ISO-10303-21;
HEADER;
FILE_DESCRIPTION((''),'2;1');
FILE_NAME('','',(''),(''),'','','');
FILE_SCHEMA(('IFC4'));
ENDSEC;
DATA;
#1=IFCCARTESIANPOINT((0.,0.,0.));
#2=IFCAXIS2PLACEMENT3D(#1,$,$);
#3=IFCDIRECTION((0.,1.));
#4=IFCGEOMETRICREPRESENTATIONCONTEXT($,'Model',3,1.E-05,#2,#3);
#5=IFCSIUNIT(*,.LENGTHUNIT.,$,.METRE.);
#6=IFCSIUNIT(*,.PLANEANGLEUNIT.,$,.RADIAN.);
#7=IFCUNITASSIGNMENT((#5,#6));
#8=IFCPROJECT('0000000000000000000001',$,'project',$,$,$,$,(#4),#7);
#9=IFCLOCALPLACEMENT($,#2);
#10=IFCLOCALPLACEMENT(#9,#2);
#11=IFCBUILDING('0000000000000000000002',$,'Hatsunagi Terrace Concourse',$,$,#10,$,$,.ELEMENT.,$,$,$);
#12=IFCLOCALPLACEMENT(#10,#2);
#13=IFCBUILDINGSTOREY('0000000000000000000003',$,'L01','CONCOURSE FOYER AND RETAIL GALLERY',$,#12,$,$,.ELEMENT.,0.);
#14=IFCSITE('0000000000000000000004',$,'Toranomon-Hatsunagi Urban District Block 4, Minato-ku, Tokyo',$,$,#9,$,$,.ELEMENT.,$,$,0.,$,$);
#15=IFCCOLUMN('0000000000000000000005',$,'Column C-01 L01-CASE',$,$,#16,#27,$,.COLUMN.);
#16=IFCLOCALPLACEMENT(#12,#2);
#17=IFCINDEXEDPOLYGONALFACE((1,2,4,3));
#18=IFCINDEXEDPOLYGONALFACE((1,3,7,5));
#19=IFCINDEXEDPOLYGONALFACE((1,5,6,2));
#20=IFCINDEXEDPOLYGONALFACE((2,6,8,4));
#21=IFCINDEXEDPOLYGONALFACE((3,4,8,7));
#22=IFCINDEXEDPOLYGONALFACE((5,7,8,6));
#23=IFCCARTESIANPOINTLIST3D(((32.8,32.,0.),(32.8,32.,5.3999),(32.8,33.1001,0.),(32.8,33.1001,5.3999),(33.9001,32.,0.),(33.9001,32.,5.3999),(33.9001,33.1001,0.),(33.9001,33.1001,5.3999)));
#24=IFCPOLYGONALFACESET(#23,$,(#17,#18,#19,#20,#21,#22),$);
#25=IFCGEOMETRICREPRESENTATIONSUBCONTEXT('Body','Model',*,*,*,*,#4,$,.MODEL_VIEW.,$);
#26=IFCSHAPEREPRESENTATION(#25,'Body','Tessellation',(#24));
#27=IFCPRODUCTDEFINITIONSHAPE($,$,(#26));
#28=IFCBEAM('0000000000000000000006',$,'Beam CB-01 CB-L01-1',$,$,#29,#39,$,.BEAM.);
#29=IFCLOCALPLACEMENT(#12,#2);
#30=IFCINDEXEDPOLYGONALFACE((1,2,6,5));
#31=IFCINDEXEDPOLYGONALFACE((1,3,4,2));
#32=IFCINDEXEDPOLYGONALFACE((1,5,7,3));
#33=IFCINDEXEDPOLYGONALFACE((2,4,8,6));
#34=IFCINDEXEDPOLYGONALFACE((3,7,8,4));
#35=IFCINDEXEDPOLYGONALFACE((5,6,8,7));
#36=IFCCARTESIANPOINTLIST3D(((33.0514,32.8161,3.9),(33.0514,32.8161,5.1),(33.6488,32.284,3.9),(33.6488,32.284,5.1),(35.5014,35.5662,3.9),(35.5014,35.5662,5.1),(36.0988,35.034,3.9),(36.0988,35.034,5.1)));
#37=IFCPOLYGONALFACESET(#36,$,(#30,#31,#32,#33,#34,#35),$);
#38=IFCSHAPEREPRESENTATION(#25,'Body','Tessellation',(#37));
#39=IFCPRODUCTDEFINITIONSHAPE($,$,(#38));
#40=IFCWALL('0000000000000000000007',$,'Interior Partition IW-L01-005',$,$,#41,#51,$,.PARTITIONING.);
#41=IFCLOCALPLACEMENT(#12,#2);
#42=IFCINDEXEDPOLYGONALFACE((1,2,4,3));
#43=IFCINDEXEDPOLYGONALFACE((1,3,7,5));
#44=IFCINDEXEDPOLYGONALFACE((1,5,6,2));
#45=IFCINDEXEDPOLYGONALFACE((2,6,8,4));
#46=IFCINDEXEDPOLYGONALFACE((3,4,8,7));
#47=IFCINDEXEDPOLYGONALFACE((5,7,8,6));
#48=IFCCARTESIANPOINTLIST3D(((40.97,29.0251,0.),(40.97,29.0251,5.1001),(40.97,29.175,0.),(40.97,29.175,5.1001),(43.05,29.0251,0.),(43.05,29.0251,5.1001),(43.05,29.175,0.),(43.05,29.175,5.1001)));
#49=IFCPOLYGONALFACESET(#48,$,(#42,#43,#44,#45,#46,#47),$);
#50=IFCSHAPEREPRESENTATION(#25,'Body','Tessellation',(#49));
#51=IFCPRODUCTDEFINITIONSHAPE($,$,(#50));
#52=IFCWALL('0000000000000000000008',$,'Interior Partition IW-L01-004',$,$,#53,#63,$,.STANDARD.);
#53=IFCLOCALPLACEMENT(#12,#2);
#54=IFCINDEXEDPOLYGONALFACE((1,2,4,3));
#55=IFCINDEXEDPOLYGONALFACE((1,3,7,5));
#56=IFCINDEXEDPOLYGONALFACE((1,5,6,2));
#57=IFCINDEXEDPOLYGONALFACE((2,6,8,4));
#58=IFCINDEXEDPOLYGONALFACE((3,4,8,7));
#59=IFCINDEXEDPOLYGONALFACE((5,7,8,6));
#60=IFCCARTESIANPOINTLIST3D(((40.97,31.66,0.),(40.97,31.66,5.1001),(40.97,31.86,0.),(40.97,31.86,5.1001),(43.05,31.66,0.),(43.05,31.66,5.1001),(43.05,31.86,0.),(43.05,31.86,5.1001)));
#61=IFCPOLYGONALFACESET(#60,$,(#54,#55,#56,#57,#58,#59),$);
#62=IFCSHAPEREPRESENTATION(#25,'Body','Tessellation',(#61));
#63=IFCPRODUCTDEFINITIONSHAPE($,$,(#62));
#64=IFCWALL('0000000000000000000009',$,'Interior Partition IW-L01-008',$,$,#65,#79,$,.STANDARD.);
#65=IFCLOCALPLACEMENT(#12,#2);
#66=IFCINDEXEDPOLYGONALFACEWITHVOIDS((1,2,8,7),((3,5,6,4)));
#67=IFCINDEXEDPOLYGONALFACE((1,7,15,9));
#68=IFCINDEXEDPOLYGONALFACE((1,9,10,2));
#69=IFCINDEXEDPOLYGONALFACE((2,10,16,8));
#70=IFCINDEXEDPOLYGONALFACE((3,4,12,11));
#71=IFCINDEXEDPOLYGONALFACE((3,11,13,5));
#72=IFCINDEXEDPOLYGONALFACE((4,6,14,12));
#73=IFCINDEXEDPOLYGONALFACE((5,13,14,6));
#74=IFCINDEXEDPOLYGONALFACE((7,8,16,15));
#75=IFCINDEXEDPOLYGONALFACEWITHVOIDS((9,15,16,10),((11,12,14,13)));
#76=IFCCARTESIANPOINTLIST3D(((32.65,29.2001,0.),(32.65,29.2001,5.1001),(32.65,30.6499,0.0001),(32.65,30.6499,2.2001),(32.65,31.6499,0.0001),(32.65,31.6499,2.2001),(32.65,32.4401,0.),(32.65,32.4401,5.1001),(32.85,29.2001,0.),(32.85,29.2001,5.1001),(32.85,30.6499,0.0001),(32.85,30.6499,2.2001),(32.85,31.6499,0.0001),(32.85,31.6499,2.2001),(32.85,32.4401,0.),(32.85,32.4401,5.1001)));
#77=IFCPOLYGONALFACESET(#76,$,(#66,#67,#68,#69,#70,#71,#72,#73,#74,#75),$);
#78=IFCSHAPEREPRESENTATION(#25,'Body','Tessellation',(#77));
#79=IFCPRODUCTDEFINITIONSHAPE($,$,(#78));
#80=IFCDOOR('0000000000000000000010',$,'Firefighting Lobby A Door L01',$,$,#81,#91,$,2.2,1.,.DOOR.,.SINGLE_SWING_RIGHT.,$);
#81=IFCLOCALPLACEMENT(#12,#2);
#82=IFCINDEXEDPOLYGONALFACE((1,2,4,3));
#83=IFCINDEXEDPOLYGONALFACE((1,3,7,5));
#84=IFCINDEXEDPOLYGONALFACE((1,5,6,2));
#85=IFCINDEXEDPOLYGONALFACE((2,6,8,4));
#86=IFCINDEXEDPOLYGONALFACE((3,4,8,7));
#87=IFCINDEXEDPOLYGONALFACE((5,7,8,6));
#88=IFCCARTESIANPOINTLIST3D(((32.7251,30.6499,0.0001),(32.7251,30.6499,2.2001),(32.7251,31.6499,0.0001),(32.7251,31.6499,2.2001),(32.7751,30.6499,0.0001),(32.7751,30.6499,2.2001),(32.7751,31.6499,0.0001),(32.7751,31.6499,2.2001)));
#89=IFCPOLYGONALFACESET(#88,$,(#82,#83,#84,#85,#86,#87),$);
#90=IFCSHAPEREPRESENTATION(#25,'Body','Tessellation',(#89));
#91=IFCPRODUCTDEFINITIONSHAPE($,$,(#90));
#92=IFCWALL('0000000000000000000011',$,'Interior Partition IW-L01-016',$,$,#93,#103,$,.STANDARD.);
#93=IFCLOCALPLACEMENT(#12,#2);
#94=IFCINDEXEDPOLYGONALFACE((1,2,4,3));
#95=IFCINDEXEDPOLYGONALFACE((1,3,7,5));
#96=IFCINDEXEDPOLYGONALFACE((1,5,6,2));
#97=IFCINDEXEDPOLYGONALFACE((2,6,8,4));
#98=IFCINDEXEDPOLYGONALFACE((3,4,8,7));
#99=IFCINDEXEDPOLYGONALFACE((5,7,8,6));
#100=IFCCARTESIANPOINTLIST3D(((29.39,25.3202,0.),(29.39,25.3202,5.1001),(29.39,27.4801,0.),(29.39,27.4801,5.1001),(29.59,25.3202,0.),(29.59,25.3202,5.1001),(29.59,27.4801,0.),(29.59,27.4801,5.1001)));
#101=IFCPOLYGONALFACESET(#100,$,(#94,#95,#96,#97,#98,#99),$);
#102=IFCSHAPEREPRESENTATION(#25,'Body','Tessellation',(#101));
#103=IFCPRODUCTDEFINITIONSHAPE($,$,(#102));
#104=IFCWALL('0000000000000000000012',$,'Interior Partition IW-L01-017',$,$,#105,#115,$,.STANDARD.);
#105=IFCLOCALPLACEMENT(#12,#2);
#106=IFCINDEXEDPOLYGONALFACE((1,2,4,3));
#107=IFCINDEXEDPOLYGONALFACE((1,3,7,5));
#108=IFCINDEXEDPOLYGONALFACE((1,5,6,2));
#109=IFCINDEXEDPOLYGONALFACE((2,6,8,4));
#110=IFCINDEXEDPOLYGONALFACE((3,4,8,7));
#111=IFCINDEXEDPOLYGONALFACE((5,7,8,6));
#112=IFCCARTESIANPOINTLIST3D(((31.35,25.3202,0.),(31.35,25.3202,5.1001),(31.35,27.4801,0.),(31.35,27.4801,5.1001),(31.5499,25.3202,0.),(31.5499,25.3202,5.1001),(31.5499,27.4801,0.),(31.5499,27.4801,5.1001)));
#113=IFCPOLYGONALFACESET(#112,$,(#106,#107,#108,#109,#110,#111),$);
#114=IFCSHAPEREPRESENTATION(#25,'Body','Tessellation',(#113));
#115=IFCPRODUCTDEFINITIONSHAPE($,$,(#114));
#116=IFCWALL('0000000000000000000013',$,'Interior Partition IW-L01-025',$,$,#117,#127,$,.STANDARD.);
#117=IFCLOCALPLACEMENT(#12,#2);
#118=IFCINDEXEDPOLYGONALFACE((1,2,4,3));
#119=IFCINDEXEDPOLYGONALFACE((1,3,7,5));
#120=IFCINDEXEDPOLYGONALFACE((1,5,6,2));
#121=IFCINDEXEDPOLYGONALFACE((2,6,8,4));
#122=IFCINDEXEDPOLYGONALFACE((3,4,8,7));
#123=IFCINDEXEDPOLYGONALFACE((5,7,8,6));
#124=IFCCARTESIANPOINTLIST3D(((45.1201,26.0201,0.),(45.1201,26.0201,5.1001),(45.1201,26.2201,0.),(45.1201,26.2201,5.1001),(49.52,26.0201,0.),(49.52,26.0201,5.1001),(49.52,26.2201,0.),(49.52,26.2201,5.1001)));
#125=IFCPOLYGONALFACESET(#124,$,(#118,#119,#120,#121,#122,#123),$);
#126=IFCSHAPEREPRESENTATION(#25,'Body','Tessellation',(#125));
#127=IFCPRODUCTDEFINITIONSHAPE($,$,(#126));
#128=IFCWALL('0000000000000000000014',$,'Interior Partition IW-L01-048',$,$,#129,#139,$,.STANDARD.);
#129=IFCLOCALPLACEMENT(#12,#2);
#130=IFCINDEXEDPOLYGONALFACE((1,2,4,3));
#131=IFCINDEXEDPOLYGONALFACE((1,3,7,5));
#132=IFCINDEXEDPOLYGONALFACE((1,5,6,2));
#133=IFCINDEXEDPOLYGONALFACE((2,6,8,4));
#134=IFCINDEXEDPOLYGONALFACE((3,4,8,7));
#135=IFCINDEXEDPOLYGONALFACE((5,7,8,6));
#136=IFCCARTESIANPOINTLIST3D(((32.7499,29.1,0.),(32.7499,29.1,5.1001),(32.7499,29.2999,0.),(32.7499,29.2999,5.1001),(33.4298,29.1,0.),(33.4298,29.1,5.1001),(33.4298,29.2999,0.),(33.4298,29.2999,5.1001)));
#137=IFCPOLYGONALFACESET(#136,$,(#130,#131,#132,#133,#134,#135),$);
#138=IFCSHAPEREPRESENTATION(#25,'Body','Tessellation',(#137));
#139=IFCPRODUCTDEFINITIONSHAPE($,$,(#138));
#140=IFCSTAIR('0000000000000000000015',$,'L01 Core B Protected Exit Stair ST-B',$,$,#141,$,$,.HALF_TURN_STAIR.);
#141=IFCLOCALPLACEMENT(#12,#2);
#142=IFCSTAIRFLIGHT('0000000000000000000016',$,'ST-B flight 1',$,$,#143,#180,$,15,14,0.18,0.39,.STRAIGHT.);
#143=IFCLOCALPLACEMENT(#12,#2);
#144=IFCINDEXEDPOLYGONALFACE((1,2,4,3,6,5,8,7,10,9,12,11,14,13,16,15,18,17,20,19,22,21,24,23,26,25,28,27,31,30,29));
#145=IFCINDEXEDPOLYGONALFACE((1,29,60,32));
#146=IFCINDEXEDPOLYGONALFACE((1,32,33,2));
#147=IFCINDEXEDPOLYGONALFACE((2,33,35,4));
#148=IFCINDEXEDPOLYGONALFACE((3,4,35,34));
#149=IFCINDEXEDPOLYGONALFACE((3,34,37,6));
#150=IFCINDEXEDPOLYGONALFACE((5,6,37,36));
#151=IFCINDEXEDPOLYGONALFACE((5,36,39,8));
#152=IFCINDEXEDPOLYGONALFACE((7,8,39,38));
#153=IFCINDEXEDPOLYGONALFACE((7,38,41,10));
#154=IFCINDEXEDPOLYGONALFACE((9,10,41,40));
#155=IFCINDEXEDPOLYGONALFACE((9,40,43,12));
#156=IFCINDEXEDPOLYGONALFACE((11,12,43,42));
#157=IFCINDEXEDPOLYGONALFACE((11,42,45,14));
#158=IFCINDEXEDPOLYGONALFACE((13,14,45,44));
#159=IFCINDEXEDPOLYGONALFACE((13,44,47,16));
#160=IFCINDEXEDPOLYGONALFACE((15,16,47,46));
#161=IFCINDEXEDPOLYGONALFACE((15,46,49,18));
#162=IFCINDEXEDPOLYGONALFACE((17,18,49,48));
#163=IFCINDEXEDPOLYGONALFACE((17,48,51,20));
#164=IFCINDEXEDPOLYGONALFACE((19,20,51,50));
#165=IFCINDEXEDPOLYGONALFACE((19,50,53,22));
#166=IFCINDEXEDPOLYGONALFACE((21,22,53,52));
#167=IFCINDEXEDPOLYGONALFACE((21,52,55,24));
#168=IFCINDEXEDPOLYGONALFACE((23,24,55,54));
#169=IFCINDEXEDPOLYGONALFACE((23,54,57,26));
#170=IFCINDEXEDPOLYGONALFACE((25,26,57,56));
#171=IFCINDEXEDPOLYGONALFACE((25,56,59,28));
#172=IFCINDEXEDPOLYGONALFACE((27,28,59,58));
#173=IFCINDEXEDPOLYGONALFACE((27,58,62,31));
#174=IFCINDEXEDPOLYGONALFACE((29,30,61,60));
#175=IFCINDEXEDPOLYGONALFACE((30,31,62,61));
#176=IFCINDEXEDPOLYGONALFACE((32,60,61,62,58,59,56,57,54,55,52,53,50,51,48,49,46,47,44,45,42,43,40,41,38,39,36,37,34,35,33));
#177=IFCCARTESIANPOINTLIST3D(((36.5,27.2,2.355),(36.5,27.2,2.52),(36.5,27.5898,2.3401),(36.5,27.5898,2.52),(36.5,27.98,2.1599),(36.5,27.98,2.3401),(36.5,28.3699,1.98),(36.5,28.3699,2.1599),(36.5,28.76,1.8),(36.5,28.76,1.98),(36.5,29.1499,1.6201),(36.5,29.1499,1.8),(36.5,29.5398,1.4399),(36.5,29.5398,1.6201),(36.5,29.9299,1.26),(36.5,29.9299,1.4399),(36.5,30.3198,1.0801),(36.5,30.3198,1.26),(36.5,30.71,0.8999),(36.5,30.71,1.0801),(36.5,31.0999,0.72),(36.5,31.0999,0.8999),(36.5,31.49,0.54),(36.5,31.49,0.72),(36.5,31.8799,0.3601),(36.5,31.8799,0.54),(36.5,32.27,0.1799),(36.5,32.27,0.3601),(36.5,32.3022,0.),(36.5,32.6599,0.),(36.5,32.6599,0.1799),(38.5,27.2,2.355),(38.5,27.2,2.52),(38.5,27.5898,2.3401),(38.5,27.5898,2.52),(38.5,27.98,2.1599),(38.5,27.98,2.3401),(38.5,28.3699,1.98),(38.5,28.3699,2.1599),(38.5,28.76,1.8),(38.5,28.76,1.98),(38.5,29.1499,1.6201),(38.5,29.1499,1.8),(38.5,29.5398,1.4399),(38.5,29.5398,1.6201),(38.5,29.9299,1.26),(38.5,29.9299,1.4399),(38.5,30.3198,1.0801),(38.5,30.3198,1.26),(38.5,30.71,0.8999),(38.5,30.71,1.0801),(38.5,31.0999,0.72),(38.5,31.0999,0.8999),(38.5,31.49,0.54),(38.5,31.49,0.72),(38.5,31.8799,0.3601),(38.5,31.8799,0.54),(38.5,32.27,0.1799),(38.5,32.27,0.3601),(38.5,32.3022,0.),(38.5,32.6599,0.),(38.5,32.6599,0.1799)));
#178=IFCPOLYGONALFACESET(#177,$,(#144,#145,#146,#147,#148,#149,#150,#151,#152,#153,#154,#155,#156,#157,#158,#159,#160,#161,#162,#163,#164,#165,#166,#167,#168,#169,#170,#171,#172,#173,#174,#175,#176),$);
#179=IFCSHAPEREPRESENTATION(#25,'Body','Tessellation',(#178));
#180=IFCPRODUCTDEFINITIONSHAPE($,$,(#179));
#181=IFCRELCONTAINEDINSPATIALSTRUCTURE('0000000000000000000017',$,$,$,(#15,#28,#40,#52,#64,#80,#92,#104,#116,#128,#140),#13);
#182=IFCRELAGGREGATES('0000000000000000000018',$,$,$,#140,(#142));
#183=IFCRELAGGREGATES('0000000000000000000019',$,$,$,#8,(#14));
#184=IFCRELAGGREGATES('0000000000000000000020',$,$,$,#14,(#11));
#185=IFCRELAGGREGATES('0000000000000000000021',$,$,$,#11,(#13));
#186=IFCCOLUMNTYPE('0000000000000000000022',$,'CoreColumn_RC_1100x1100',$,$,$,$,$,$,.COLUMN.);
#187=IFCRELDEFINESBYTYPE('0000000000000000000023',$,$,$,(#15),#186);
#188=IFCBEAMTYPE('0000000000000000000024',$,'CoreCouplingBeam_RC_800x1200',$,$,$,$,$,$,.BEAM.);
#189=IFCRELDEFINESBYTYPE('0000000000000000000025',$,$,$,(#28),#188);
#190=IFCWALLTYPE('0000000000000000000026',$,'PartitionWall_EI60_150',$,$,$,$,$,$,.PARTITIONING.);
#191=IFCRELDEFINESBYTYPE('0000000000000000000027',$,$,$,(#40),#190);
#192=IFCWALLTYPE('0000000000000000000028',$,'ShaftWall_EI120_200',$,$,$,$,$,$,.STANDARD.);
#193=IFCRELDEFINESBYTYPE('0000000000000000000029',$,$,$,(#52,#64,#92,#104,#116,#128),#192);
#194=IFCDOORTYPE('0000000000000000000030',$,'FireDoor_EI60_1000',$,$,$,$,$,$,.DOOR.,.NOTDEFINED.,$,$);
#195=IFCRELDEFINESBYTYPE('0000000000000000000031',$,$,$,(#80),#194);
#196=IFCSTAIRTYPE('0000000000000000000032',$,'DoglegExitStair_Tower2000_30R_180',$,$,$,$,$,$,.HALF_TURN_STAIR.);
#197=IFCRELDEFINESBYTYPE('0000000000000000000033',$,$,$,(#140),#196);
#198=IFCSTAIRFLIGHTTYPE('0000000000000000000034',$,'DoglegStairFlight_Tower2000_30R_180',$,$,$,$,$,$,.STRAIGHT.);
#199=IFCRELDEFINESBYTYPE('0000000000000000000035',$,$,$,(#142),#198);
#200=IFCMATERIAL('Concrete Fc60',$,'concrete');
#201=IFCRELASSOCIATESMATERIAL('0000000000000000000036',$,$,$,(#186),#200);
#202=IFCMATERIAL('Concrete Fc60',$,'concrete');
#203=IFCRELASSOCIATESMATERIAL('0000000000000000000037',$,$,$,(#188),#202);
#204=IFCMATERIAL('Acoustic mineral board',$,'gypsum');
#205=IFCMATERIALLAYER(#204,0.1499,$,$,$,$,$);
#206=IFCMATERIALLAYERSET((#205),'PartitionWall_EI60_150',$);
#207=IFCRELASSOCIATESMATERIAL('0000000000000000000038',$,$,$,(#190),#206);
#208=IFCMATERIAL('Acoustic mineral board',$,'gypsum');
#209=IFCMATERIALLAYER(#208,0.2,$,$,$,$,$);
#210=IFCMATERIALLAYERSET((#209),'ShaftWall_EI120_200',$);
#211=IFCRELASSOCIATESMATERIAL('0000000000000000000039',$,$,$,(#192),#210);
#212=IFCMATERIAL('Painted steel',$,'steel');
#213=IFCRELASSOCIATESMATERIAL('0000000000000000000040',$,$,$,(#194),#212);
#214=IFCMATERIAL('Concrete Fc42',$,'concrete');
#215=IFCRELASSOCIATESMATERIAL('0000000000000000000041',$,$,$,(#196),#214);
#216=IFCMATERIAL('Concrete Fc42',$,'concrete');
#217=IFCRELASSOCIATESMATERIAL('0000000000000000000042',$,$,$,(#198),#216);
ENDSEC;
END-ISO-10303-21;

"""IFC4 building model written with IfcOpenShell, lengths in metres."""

from ifc_helpers import new_model, si_unit, direction, frame, frame_2d, origin, origin_2d, place, context, subcontext, project, spatial, polyline, rectangle, outline, extrude, material, layer, layer_set, material_profile, profile_set, type_object, element, fill, aggregate, save


model = new_model("IFC4")

# Units and contexts
model_context = context("Model", 3, precision=1e-05, world=origin(), true_north=direction((0.0, 1.0)))
body_context = subcontext(model_context, "Body", "Model", "MODEL_VIEW")
ifc_project = project(units=[si_unit("LENGTHUNIT", "METRE"), si_unit("PLANEANGLEUNIT", "RADIAN")], contexts=[model_context])

# Site, building, storey
site_placement = place(None, origin())
site = spatial("IfcSite", under=ifc_project, at=site_placement, Name="Toranomon-Hatsunagi Urban District Block 4, Minato-ku, Tokyo", CompositionType="ELEMENT", RefElevation=0.0)
building_placement = place(site_placement, origin())
building = spatial("IfcBuilding", under=site, at=building_placement, Name="Hatsunagi Terrace Concourse", CompositionType="ELEMENT")
storey_placement = place(building_placement, origin())
storey = spatial("IfcBuildingStorey", under=building, at=storey_placement, Name="L01", Description="CONCOURSE FOYER AND RETAIL GALLERY", CompositionType="ELEMENT", Elevation=0.0)

# Column
ifc_material_1 = material(Name="Concrete Fc60", Category="concrete")
ifc_material_profile_1 = material_profile(ifc_material_1, rectangle(XDim=1.1001, YDim=1.1001, at=origin_2d()), Name="RC-1100x1100")
ifc_profile_set_1 = profile_set([ifc_material_profile_1], Name="Concrete Fc60")
column_type = type_object("IfcColumnType", Name="CoreColumn_RC_1100x1100", PredefinedType="COLUMN", material=ifc_profile_set_1)
column_placement = place(storey_placement, frame((33.3501, 32.55, 0.0), z_axis=(0.0, 0.0, 1.0), x_axis=(1.0, 0.0, 0.0)))
element("IfcColumn", 1, at=column_placement, inside=storey, type_object=column_type, Name="Column C-01 L01-CASE", PredefinedType="COLUMN", context=body_context, shape_type="SweptSolid", body=[
    extrude(rectangle(XDim=1.1001, YDim=1.1001, at=origin_2d()), origin(), (0.0, 0.0, 1.0), 5.3999),
])

# Beam
ifc_material_2 = material(Name="Concrete Fc60", Category="concrete")
ifc_material_profile_2 = material_profile(ifc_material_2, rectangle(XDim=0.8, YDim=1.2, at=origin_2d()), Name="RC-800x1200")
ifc_profile_set_2 = profile_set([ifc_material_profile_2], Name="Concrete Fc60")
beam_type = type_object("IfcBeamType", Name="CoreCouplingBeam_RC_800x1200", PredefinedType="BEAM", material=ifc_profile_set_2)
beam_placement = place(storey_placement, frame((33.3501, 32.55, 4.5), z_axis=(0.665199, 0.746666, 0.0), x_axis=(-0.746666, 0.665199, 0.0)))
element("IfcBeam", 2, at=beam_placement, inside=storey, type_object=beam_type, Name="Beam CB-01 CB-L01-1", PredefinedType="BEAM", context=body_context, shape_type="SweptSolid", body=[
    extrude(rectangle(XDim=0.8, YDim=1.2, at=origin_2d()), origin(), (0.0, 0.0, 1.0), 3.6831),
])

# Walls
ifc_material_3 = material(Name="Acoustic mineral board", Category="gypsum")
ifc_layer_1 = layer(ifc_material_3, 0.1499)
ifc_layer_set_1 = layer_set([ifc_layer_1], Name="PartitionWall_EI60_150")
wall_type_1 = type_object("IfcWallType", Name="PartitionWall_EI60_150", PredefinedType="PARTITIONING", material=ifc_layer_set_1)
wall_1_placement = place(storey_placement, frame((40.97, 29.1001, 0.0), z_axis=(0.0, 0.0, 1.0), x_axis=(1.0, 0.0, 0.0)))
element("IfcWall", 3, at=wall_1_placement, inside=storey, type_object=wall_type_1, Name="Interior Partition IW-L01-005", PredefinedType="PARTITIONING", context=body_context, shape_type="SweptSolid", body=[
    extrude(rectangle(XDim=2.0801, YDim=0.1499, at=frame_2d((1.04, 0.0))), origin(), (0.0, 0.0, 1.0), 5.1001),
])
ifc_material_4 = material(Name="Acoustic mineral board", Category="gypsum")
ifc_layer_2 = layer(ifc_material_4, 0.2)
ifc_layer_set_2 = layer_set([ifc_layer_2], Name="ShaftWall_EI120_200")
wall_type_2 = type_object("IfcWallType", Name="ShaftWall_EI120_200", PredefinedType="STANDARD", material=ifc_layer_set_2)
wall_2_placement = place(storey_placement, frame((40.97, 31.76, 0.0), z_axis=(0.0, 0.0, 1.0), x_axis=(1.0, 0.0, 0.0)))
element("IfcWall", 4, at=wall_2_placement, inside=storey, type_object=wall_type_2, Name="Interior Partition IW-L01-004", PredefinedType="STANDARD", context=body_context, shape_type="SweptSolid", body=[
    extrude(rectangle(XDim=2.0801, YDim=0.2, at=frame_2d((1.04, 0.0))), origin(), (0.0, 0.0, 1.0), 5.1001),
])

# Wall, opening, door
wall_3_placement = place(storey_placement, frame((32.75, 29.2, 0.0), z_axis=(0.0, 0.0, 1.0), x_axis=(0.0, 1.0, 0.0)))
wall_3 = element("IfcWall", 5, at=wall_3_placement, inside=storey, type_object=wall_type_2, Name="Interior Partition IW-L01-008", PredefinedType="STANDARD", context=body_context, shape_type="SweptSolid", body=[
    extrude(rectangle(XDim=3.24, YDim=0.2, at=frame_2d((1.6201, 0.0))), origin(), (0.0, 0.0, 1.0), 5.1001),
])
opening_placement = place(wall_3_placement, frame((1.45, 0.0, 0.0)))
opening = element("IfcOpeningElement", 6, at=opening_placement, cuts=wall_3, PredefinedType="OPENING", context=body_context, shape_type="SweptSolid", body=[
    extrude(rectangle(XDim=1.0, YDim=2.2, at=frame_2d((0.5, 1.1001))), frame((0.0, 0.1099, 0.0), z_axis=(0.0, -1.0, 0.0), x_axis=(1.0, 0.0, 0.0)), (0.0, 0.0, 1.0), 0.22),
])
ifc_material_5 = material(Name="Painted steel", Category="steel")
door_type = type_object("IfcDoorType", Name="FireDoor_EI60_1000", OperationType="NOTDEFINED", PredefinedType="DOOR", material=ifc_material_5)
door_placement = place(opening_placement, origin())
door = element("IfcDoor", 7, at=door_placement, inside=storey, type_object=door_type, Name="Firefighting Lobby A Door L01", OperationType="SINGLE_SWING_RIGHT", OverallHeight=2.2, OverallWidth=1.0, PredefinedType="DOOR", context=body_context, shape_type="SweptSolid", body=[
    extrude(rectangle(XDim=1.0, YDim=2.2, at=frame_2d((0.5, 1.1001))), frame((0.0, 0.0249, 0.0), z_axis=(0.0, -1.0, 0.0), x_axis=(1.0, 0.0, 0.0)), (0.0, 0.0, 1.0), 0.05),
])
fill(opening, door)

# Walls
for number, where, z_axis, x_axis, name in (
    (8, (29.49, 25.3201, 0.0), (0.0, 0.0, 1.0), (0.0, 1.0, 0.0), "Interior Partition IW-L01-016"),
    (9, (31.45, 25.3201, 0.0), (0.0, 0.0, 1.0), (0.0, 1.0, 0.0), "Interior Partition IW-L01-017"),
):
    element("IfcWall", number, at=place(storey_placement, frame(where, z_axis=z_axis, x_axis=x_axis)), inside=storey, type_object=wall_type_2, Name=name, PredefinedType="STANDARD", context=body_context, shape_type="SweptSolid", body=[
        extrude(rectangle(XDim=2.1599, YDim=0.2, at=frame_2d((1.0801, 0.0))), origin(), (0.0, 0.0, 1.0), 5.1001),
    ])
wall_4_placement = place(storey_placement, frame((45.1201, 26.1201, 0.0), z_axis=(0.0, 0.0, 1.0), x_axis=(1.0, 0.0, 0.0)))
element("IfcWall", 10, at=wall_4_placement, inside=storey, type_object=wall_type_2, Name="Interior Partition IW-L01-025", PredefinedType="STANDARD", context=body_context, shape_type="SweptSolid", body=[
    extrude(rectangle(XDim=4.3999, YDim=0.2, at=frame_2d((2.2, 0.0))), origin(), (0.0, 0.0, 1.0), 5.1001),
])
wall_5_placement = place(storey_placement, frame((32.75, 29.2, 0.0), z_axis=(0.0, 0.0, 1.0), x_axis=(1.0, 0.0, 0.0)))
element("IfcWall", 11, at=wall_5_placement, inside=storey, type_object=wall_type_2, Name="Interior Partition IW-L01-048", PredefinedType="STANDARD", context=body_context, shape_type="SweptSolid", body=[
    extrude(rectangle(XDim=0.6799, YDim=0.2, at=frame_2d((0.3398, 0.0))), origin(), (0.0, 0.0, 1.0), 5.1001),
])

# Stair, stair flight
ifc_material_6 = material(Name="Concrete Fc42", Category="concrete")
stair_type = type_object("IfcStairType", Name="DoglegExitStair_Tower2000_30R_180", PredefinedType="HALF_TURN_STAIR", material=ifc_material_6)
stair_placement = place(storey_placement, origin())
stair = element("IfcStair", 12, at=stair_placement, inside=storey, type_object=stair_type, Name="L01 Core B Protected Exit Stair ST-B", PredefinedType="HALF_TURN_STAIR")
ifc_material_7 = material(Name="Concrete Fc42", Category="concrete")
stair_flight_type = type_object("IfcStairFlightType", Name="DoglegStairFlight_Tower2000_30R_180", PredefinedType="STRAIGHT", material=ifc_material_7)
stair_flight_1_placement = place(storey_placement, frame((37.5, 32.6599, 0.0), z_axis=(0.0, 0.0, 1.0), x_axis=(0.0, -1.0, 0.0)))
stair_flight_1 = element("IfcStairFlight", 13, at=stair_flight_1_placement, type_object=stair_flight_type, Name="ST-B flight 1", NumberOfRisers=15, NumberOfTreads=14, PredefinedType="STRAIGHT", RiserHeight=0.18, TreadLength=0.39, context=body_context, shape_type="SweptSolid", body=[
    extrude(outline(polyline([(0.0, 0.0), (0.0, 0.1799), (0.3899, 0.1799), (0.3899, 0.3601), (0.78, 0.3601), (0.78, 0.54), (1.1699, 0.54), (1.1699, 0.72), (1.5601, 0.72), (1.5601, 0.8999), (1.95, 0.8999), (1.95, 1.0801), (2.3401, 1.0801), (2.3401, 1.26), (2.73, 1.26), (2.73, 1.4399), (3.1201, 1.4399), (3.1201, 1.6201), (3.51, 1.6201), (3.51, 1.8), (3.8999, 1.8), (3.8999, 1.98), (4.29, 1.98), (4.29, 2.1599), (4.6799, 2.1599), (4.6799, 2.3401), (5.0701, 2.3401), (5.0701, 2.52), (5.46, 2.52), (5.46, 2.7), (5.46, 2.355), (0.3577, 0.0), (0.0, 0.0)])), frame((0.0, 1.0, 0.0), z_axis=(0.0, -1.0, 0.0), x_axis=(1.0, 0.0, 0.0)), (0.0, 0.0, 1.0), 2.0),
])
aggregate(stair, [stair_flight_1])

save(model, "model.ifc")
